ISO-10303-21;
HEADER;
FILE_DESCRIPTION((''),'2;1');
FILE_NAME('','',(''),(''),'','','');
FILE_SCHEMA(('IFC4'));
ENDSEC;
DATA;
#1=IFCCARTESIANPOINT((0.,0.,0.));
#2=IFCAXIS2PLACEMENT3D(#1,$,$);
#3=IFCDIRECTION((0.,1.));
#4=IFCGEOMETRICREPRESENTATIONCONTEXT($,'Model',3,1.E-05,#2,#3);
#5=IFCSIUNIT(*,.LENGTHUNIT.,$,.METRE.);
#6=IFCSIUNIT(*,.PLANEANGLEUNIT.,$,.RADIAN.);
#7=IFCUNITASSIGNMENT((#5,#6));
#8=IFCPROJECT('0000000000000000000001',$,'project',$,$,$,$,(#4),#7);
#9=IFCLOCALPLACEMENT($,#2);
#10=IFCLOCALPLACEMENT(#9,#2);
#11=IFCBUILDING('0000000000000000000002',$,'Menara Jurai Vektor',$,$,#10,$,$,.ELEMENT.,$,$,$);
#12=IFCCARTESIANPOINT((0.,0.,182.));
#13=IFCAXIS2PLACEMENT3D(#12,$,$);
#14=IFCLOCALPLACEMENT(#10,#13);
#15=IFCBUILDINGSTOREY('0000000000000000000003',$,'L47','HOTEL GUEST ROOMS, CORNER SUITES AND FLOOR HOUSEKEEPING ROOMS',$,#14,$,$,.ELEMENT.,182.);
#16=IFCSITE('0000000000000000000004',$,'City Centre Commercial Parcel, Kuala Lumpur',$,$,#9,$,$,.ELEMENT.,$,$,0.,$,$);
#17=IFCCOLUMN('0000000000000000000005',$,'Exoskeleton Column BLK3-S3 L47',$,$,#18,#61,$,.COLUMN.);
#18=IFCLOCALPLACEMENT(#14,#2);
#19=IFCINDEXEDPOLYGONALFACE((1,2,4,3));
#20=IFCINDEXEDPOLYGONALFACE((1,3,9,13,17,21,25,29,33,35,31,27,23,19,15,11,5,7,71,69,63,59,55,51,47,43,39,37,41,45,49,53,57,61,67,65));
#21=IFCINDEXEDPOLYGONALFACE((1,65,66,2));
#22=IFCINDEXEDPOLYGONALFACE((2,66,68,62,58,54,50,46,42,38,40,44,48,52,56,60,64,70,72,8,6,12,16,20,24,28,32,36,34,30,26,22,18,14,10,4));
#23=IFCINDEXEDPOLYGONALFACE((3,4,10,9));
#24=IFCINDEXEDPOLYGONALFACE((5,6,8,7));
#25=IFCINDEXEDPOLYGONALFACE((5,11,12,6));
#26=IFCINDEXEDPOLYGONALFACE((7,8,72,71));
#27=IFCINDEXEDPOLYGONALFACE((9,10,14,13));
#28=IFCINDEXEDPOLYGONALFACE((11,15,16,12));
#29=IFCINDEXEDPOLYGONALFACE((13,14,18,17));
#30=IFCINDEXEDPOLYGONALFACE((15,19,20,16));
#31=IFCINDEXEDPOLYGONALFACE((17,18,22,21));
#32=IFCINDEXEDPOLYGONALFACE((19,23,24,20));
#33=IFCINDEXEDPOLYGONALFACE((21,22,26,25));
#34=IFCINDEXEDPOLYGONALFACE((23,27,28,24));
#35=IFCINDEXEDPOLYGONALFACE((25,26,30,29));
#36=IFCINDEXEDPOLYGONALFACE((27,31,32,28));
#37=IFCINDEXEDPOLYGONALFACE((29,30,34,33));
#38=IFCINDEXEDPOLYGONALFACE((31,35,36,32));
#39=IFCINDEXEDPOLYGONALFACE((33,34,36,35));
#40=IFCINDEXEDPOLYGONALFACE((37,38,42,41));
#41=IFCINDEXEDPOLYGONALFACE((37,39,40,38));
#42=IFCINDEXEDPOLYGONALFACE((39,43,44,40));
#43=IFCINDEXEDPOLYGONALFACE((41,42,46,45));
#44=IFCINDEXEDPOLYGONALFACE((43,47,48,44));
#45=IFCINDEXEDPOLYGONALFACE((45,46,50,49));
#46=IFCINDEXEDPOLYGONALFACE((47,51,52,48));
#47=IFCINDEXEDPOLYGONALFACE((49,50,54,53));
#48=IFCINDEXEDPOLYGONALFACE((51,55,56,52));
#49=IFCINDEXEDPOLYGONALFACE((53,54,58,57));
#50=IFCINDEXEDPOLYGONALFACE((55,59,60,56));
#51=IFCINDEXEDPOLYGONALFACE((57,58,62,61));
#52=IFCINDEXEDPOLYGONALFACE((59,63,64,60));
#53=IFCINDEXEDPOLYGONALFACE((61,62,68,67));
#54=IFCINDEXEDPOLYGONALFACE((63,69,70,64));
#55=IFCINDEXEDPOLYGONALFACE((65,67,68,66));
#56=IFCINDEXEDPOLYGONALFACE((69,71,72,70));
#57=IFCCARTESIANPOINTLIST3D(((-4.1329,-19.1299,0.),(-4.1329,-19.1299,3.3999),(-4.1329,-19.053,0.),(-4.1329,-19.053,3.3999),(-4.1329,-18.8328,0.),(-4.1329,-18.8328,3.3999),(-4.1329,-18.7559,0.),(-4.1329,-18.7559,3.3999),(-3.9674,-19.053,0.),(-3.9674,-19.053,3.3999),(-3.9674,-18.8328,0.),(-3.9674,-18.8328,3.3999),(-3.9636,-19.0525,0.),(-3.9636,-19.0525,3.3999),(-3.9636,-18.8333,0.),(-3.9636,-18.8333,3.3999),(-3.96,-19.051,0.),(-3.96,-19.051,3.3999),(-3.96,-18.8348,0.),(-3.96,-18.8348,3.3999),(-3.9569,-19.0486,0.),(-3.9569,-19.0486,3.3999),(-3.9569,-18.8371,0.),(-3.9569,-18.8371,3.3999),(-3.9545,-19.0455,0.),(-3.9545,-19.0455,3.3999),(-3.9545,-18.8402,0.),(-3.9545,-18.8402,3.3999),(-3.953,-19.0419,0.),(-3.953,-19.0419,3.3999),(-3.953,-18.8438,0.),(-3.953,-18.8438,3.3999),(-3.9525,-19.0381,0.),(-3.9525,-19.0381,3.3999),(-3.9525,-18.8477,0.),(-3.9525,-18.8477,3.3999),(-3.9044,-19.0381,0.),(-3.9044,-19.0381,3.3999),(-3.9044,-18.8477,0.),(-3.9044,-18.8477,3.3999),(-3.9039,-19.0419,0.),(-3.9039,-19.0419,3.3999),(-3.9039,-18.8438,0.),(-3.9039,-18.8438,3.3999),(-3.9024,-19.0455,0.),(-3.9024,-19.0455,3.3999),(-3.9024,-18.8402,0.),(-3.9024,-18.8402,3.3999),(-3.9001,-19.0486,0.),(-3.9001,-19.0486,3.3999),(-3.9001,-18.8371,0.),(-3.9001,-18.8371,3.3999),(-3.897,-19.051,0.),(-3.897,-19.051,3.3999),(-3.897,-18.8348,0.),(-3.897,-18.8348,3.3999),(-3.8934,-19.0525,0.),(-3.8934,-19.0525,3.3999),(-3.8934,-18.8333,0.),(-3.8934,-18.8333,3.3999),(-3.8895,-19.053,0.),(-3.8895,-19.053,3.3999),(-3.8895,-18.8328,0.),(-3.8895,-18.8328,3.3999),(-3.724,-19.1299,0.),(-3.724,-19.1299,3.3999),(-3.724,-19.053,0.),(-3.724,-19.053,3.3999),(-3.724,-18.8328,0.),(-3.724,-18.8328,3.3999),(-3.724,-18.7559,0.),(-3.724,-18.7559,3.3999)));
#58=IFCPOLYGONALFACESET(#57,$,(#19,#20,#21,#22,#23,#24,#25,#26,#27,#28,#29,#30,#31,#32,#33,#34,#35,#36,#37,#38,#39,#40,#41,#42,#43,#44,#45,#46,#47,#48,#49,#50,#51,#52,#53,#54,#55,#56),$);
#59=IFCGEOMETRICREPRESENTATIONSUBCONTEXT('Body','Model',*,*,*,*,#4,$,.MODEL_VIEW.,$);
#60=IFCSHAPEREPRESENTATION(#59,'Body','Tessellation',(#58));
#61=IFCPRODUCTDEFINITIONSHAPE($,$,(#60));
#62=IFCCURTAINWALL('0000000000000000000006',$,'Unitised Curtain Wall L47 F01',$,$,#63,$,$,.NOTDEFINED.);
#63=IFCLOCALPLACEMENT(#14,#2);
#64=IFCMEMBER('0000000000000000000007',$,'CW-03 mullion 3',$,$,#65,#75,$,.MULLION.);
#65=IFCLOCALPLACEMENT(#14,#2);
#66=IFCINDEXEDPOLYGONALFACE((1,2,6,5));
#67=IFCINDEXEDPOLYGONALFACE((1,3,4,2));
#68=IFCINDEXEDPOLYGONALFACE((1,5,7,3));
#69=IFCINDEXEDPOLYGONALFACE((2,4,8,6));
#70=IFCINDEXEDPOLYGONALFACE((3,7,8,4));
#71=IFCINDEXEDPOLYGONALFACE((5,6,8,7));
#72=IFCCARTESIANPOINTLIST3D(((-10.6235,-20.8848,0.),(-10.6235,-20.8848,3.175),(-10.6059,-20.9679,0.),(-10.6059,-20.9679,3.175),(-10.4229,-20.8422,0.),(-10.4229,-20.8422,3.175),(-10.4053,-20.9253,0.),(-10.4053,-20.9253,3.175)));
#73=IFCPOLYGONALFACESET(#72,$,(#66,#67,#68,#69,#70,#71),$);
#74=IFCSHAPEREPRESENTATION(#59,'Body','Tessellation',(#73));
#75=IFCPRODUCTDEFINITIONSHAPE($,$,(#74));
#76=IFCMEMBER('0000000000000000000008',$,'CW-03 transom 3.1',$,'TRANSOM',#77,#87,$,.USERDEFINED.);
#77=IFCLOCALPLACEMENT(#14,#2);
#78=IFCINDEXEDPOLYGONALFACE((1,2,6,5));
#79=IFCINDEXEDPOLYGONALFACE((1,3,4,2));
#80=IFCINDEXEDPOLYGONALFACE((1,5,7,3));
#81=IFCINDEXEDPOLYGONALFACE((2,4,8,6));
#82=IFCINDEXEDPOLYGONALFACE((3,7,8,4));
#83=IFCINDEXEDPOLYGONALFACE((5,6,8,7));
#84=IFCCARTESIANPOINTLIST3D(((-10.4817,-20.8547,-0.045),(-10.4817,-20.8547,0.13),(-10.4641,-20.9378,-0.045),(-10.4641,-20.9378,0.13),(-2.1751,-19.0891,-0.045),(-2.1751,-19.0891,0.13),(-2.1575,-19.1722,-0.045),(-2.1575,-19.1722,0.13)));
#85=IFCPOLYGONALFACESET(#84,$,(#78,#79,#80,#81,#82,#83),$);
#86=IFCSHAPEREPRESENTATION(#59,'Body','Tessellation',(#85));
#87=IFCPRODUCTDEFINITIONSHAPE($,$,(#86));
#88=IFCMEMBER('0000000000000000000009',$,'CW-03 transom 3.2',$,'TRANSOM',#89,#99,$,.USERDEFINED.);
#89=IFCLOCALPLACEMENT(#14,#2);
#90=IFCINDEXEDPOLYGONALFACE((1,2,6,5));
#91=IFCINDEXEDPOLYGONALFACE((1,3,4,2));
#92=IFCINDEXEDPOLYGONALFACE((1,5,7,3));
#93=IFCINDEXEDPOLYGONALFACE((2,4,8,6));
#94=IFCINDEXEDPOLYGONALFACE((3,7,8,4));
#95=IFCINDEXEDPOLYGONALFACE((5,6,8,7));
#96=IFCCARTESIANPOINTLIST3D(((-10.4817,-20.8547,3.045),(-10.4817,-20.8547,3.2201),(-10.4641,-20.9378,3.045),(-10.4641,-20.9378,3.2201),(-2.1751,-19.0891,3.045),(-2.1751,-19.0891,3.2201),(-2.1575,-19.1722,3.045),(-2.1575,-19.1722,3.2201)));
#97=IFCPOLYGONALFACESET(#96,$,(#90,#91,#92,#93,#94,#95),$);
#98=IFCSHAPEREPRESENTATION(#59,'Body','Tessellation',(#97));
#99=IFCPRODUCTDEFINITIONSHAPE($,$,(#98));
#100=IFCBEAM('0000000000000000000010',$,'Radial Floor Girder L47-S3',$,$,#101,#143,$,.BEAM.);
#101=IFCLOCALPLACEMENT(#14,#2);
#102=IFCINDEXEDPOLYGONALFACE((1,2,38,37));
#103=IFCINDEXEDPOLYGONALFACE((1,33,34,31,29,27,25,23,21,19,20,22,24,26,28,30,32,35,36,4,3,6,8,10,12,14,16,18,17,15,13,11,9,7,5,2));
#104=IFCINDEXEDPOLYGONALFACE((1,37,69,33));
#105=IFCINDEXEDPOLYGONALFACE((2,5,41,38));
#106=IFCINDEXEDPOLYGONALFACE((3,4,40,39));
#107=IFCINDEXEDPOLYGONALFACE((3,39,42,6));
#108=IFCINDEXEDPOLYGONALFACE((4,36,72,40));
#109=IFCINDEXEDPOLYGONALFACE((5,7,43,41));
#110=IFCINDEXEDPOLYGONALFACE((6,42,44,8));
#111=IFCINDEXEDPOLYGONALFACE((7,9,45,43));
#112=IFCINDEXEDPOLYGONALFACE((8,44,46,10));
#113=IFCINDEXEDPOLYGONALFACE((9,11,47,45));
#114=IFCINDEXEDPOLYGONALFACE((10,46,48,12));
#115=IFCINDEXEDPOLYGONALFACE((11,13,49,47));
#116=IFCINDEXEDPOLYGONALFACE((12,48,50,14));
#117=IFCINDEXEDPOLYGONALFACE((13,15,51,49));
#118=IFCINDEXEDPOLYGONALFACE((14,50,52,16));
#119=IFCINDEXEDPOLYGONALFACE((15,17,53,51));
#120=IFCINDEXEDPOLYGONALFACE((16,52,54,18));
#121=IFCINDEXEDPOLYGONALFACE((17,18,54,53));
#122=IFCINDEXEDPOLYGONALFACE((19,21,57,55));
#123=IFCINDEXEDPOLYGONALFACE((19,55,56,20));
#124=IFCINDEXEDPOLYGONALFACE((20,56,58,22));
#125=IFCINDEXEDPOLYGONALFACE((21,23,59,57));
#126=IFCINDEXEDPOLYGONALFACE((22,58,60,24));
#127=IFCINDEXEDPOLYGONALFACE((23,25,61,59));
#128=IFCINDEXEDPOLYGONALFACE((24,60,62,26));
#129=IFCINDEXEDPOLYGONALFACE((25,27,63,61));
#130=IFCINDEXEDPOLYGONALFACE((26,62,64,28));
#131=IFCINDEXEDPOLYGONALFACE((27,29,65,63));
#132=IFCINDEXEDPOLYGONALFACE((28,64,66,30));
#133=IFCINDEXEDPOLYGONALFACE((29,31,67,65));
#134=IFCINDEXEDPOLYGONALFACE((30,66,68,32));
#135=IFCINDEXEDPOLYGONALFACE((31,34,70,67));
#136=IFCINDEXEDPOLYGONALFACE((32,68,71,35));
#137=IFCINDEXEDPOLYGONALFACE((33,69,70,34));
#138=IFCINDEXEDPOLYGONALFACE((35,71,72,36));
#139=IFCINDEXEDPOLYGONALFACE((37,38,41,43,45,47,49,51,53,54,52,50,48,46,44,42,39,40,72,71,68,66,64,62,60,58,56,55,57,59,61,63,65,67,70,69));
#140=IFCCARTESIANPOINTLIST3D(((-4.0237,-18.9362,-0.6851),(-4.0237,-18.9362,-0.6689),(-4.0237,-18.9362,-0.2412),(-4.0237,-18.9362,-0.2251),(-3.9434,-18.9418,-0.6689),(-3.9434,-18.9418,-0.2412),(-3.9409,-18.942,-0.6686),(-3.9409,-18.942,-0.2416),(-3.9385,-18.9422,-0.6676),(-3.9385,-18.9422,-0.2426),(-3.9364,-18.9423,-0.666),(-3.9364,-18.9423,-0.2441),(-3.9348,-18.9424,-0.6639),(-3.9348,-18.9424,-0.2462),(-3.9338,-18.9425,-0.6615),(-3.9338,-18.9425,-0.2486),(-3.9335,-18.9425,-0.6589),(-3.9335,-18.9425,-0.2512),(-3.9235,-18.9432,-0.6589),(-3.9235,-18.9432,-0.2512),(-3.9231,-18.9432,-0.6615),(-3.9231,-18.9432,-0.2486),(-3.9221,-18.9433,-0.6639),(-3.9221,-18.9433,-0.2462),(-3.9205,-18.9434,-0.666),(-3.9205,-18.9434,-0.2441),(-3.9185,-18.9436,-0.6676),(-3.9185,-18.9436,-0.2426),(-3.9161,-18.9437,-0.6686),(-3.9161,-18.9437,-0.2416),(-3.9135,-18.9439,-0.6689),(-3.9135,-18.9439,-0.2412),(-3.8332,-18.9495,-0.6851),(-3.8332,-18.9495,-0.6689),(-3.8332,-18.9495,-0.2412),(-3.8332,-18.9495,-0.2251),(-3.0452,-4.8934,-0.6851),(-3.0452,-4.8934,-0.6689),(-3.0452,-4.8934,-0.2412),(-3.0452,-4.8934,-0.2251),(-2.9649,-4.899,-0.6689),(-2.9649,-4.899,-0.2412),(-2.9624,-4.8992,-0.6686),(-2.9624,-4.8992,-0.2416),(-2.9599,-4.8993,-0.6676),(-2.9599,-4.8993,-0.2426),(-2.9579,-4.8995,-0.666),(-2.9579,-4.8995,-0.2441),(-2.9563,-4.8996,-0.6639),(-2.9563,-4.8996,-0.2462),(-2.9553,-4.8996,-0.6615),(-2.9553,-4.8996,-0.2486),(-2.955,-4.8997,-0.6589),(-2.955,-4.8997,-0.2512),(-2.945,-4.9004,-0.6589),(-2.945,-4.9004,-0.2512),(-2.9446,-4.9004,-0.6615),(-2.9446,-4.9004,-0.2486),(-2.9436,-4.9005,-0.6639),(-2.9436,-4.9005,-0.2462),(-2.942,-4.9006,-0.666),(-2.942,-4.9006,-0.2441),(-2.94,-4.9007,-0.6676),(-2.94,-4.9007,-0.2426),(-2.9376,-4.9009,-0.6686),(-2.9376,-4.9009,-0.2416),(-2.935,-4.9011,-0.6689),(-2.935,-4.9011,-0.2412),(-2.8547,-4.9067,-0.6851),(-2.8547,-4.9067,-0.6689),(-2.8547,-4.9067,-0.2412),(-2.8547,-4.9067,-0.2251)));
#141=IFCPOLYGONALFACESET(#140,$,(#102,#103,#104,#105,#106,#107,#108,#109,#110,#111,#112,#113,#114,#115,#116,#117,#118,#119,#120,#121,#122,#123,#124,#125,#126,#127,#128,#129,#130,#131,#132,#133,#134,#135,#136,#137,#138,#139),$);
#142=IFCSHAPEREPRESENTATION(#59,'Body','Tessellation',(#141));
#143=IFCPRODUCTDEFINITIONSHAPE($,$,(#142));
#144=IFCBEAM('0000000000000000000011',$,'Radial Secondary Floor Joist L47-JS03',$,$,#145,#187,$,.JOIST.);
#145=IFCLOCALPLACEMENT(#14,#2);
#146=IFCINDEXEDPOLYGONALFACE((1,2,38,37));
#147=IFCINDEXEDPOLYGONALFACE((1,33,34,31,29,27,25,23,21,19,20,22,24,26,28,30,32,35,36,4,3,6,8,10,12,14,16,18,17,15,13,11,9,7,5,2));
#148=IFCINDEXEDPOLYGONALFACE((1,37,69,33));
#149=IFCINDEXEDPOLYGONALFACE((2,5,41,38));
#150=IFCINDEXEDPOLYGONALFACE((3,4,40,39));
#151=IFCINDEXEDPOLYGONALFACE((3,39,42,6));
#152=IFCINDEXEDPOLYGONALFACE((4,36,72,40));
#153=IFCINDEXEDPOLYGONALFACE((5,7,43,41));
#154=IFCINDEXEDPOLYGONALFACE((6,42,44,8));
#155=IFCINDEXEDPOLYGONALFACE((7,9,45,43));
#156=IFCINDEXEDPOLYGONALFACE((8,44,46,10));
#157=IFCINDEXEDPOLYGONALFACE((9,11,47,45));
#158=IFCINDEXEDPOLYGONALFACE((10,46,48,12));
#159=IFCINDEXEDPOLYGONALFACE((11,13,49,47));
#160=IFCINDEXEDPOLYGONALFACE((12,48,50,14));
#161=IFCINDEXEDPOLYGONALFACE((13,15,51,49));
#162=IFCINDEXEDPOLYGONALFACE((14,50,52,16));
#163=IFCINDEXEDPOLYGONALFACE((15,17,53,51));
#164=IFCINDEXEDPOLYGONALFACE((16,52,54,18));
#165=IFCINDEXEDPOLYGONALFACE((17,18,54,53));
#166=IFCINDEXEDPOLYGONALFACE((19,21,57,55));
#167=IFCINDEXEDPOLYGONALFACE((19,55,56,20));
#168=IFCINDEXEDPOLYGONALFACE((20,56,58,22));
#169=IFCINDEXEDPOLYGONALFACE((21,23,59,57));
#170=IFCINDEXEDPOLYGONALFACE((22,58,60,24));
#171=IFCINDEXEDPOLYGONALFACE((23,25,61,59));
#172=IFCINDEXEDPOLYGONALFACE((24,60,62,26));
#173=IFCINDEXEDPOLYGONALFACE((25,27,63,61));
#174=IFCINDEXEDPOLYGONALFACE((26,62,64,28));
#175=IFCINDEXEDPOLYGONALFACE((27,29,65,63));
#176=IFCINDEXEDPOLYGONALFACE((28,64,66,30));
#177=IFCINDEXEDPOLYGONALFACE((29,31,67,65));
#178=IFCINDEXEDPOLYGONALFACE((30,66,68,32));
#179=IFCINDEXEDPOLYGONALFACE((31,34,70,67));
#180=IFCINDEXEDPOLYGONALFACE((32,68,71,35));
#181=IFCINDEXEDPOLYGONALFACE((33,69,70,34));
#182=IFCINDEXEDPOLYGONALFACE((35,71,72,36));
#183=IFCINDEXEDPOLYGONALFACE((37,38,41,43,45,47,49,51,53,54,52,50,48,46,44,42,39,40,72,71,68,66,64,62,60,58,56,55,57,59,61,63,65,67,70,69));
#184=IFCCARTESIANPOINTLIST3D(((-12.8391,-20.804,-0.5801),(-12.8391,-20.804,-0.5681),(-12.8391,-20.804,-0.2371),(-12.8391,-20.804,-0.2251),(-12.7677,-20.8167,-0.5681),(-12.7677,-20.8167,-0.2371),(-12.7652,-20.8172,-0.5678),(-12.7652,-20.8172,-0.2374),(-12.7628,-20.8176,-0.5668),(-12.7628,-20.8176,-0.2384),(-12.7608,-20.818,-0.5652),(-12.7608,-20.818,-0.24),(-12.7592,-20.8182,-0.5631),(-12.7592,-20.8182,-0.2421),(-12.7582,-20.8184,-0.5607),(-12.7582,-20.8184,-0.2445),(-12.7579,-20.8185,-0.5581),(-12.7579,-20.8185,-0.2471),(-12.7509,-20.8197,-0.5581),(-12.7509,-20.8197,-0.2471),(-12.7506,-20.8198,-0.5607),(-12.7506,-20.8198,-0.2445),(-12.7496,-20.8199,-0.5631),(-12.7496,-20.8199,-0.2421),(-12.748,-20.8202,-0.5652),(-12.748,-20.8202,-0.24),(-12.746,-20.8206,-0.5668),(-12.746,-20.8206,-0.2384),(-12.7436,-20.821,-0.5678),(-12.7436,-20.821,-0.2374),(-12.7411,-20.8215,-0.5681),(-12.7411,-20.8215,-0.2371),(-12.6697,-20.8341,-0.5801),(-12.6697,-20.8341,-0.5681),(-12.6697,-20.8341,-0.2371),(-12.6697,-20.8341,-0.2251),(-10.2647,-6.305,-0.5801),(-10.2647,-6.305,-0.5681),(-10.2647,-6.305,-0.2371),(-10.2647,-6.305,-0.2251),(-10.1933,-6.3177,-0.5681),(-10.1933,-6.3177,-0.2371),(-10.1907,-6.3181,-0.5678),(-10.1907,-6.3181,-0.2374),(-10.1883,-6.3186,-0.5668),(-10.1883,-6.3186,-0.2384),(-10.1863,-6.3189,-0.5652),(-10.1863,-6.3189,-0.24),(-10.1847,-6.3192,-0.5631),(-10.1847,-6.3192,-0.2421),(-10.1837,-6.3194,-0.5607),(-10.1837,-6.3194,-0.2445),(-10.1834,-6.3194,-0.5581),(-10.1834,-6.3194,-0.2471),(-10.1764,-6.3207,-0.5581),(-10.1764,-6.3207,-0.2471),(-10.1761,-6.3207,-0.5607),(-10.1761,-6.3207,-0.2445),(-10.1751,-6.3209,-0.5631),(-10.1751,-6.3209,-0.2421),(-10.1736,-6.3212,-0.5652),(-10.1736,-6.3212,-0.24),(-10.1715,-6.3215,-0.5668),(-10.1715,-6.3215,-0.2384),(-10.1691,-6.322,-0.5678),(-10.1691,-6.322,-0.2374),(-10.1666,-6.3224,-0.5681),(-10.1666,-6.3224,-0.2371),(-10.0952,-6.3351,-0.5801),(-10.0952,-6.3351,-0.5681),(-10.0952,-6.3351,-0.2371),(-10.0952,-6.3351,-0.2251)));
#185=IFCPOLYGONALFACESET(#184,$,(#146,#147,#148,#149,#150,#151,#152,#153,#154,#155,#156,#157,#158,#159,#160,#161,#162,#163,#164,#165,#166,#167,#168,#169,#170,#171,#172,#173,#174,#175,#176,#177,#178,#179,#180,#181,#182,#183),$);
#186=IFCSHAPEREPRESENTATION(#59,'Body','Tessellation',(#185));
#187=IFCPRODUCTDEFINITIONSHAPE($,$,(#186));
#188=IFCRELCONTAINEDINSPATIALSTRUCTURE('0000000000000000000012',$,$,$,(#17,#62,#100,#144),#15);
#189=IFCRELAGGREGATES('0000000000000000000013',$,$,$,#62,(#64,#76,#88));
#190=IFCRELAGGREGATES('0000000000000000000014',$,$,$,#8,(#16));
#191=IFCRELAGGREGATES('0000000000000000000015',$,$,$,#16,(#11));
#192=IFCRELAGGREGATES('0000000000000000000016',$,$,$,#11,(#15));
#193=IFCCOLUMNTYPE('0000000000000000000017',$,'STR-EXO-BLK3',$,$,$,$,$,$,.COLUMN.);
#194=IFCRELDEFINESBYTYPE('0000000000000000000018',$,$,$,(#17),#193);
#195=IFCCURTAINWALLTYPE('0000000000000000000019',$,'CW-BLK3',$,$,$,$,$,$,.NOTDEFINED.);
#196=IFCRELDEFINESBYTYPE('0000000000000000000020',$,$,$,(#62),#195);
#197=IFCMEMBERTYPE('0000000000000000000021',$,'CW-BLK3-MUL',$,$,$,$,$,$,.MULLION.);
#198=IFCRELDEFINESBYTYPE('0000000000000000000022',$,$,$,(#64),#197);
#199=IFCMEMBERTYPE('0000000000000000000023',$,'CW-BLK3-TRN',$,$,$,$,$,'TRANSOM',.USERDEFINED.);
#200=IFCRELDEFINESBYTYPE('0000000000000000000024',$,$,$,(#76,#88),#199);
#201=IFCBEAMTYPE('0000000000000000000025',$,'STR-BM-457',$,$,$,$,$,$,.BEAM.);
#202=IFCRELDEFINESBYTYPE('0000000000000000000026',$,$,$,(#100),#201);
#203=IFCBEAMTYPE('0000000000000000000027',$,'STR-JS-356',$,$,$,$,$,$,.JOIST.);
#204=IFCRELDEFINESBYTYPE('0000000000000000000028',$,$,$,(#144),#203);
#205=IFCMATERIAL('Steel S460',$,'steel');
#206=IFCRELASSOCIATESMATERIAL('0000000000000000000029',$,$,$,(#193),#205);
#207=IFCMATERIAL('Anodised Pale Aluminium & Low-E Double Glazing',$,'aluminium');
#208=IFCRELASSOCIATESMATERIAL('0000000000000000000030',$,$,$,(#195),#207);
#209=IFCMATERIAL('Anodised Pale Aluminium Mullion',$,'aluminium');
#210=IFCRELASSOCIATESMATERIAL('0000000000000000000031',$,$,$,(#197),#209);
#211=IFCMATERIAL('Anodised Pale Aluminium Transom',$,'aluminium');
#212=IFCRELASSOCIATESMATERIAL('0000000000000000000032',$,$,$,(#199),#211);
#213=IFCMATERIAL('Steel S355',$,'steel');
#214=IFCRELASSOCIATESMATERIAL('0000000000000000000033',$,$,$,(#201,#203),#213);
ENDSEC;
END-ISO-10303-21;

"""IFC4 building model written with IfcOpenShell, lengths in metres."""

from ifc_helpers import new_model, si_unit, direction, frame, origin, origin_2d, place, context, subcontext, project, spatial, rectangle, i_section, extrude, material, material_profile, profile_set, type_object, element, aggregate, save


model = new_model("IFC4")

# Units and contexts
model_context = context("Model", 3, precision=1e-05, world=origin(), true_north=direction((0.0, 1.0)))
body_context = subcontext(model_context, "Body", "Model", "MODEL_VIEW")
ifc_project = project(units=[si_unit("LENGTHUNIT", "METRE"), si_unit("PLANEANGLEUNIT", "RADIAN")], contexts=[model_context])

# Site, building, storey
site_placement = place(None, origin())
site = spatial("IfcSite", under=ifc_project, at=site_placement, Name="City Centre Commercial Parcel, Kuala Lumpur", CompositionType="ELEMENT", RefElevation=0.0)
building_placement = place(site_placement, origin())
building = spatial("IfcBuilding", under=site, at=building_placement, Name="Menara Jurai Vektor", CompositionType="ELEMENT")
storey_placement = place(building_placement, frame((0.0, 0.0, 182.0)))
storey = spatial("IfcBuildingStorey", under=building, at=storey_placement, Name="L47", Description="HOTEL GUEST ROOMS, CORNER SUITES AND FLOOR HOUSEKEEPING ROOMS", CompositionType="ELEMENT", Elevation=182.0)

# Column
ifc_material_1 = material(Name="Steel S460", Category="steel")
ifc_material_profile_1 = material_profile(ifc_material_1, i_section(OverallWidth=0.4089, OverallDepth=0.374, WebThickness=0.0481, FlangeThickness=0.0769, FilletRadius=0.0149, at=origin_2d()), Name="HD 400x634")
ifc_profile_set_1 = profile_set([ifc_material_profile_1], Name="Steel S460")
column_type = type_object("IfcColumnType", Name="STR-EXO-BLK3", PredefinedType="COLUMN", material=ifc_profile_set_1)
column_placement = place(storey_placement, frame((-3.9285, -18.9429, 0.0), z_axis=(0.0, 0.0, 1.0), x_axis=(1.0, 0.0, 0.0)))
element("IfcColumn", 1, at=column_placement, inside=storey, type_object=column_type, Name="Exoskeleton Column BLK3-S3 L47", PredefinedType="COLUMN", context=body_context, shape_type="SweptSolid", body=[
    extrude(i_section(OverallWidth=0.4089, OverallDepth=0.374, WebThickness=0.0481, FlangeThickness=0.0769, FilletRadius=0.0149, at=origin_2d()), origin(), (0.0, 0.0, 1.0), 3.3999),
])

# Curtain wall, members
ifc_material_2 = material(Name="Anodised Pale Aluminium & Low-E Double Glazing", Category="aluminium")
curtain_wall_type = type_object("IfcCurtainWallType", Name="CW-BLK3", PredefinedType="NOTDEFINED", material=ifc_material_2)
curtain_wall_placement = place(storey_placement, origin())
curtain_wall = element("IfcCurtainWall", 2, at=curtain_wall_placement, inside=storey, type_object=curtain_wall_type, Name="Unitised Curtain Wall L47 F01", PredefinedType="NOTDEFINED")
ifc_material_3 = material(Name="Anodised Pale Aluminium Mullion", Category="aluminium")
ifc_material_profile_2 = material_profile(ifc_material_3, rectangle(XDim=0.085, YDim=0.2051, at=origin_2d()), Name="ALU MUL 85x205")
ifc_profile_set_2 = profile_set([ifc_material_profile_2], Name="Anodised Pale Aluminium Mullion")
member_type_1 = type_object("IfcMemberType", Name="CW-BLK3-MUL", PredefinedType="MULLION", material=ifc_profile_set_2)
member_1_placement = place(storey_placement, frame((-10.5144, -20.905, 0.0), z_axis=(0.0, 0.0, 1.0), x_axis=(-0.207911, 0.978148, 0.0)))
member_1 = element("IfcMember", 3, at=member_1_placement, type_object=member_type_1, Name="CW-03 mullion 3", PredefinedType="MULLION", context=body_context, shape_type="SweptSolid", body=[
    extrude(rectangle(XDim=0.085, YDim=0.2051, at=origin_2d()), origin(), (0.0, 0.0, 1.0), 3.175),
])
ifc_material_4 = material(Name="Anodised Pale Aluminium Transom", Category="aluminium")
ifc_material_profile_3 = material_profile(ifc_material_4, rectangle(XDim=0.085, YDim=0.175, at=origin_2d()), Name="ALU TRN 85x175")
ifc_profile_set_3 = profile_set([ifc_material_profile_3], Name="Anodised Pale Aluminium Transom")
member_type_2 = type_object("IfcMemberType", Name="CW-BLK3-TRN", ElementType="TRANSOM", PredefinedType="USERDEFINED", material=ifc_profile_set_3)
member_2_placement = place(storey_placement, frame((-10.4729, -20.8962, 0.0425), z_axis=(0.978148, 0.207911, 0.0), x_axis=(-0.207911, 0.978148, 0.0)))
member_2 = element("IfcMember", 4, at=member_2_placement, type_object=member_type_2, Name="CW-03 transom 3.1", ObjectType="TRANSOM", PredefinedType="USERDEFINED", context=body_context, shape_type="SweptSolid", body=[
    extrude(rectangle(XDim=0.085, YDim=0.175, at=origin_2d()), origin(), (0.0, 0.0, 1.0), 8.4922),
])
member_3_placement = place(storey_placement, frame((-10.4729, -20.8962, 3.1326), z_axis=(0.978148, 0.207911, 0.0), x_axis=(-0.207911, 0.978148, 0.0)))
member_3 = element("IfcMember", 5, at=member_3_placement, type_object=member_type_2, Name="CW-03 transom 3.2", ObjectType="TRANSOM", PredefinedType="USERDEFINED", context=body_context, shape_type="SweptSolid", body=[
    extrude(rectangle(XDim=0.085, YDim=0.175, at=origin_2d()), origin(), (0.0, 0.0, 1.0), 8.4922),
])

# Beams
ifc_material_5 = material(Name="Steel S355", Category="steel")
ifc_material_profile_4 = material_profile(ifc_material_5, i_section(OverallWidth=0.1909, OverallDepth=0.46, WebThickness=0.01, FlangeThickness=0.0161, FilletRadius=0.01, at=origin_2d()), Name="UKB 457x191x82")
ifc_profile_set_4 = profile_set([ifc_material_profile_4], Name="Steel S355")
beam_type_1 = type_object("IfcBeamType", Name="STR-BM-457", PredefinedType="BEAM", material=ifc_profile_set_4)
beam_1_placement = place(storey_placement, frame((-3.9285, -18.9429, -0.4551), z_axis=(0.069512, 0.997581, 0.0), x_axis=(-0.997581, 0.069512, 0.0)))
element("IfcBeam", 6, at=beam_1_placement, inside=storey, type_object=beam_type_1, Name="Radial Floor Girder L47-S3", PredefinedType="BEAM", context=body_context, shape_type="SweptSolid", body=[
    extrude(i_section(OverallWidth=0.1909, OverallDepth=0.46, WebThickness=0.01, FlangeThickness=0.0161, FilletRadius=0.01, at=origin_2d()), origin(), (0.0, 0.0, 1.0), 14.0769),
])
ifc_material_profile_5 = material_profile(ifc_material_5, i_section(OverallWidth=0.1721, OverallDepth=0.355, WebThickness=0.0071, FlangeThickness=0.012, FilletRadius=0.01, at=origin_2d()), Name="UKB 356x171x51")
ifc_profile_set_5 = profile_set([ifc_material_profile_5], Name="Steel S355")
beam_type_2 = type_object("IfcBeamType", Name="STR-JS-356", PredefinedType="JOIST", material=ifc_profile_set_5)
beam_2_placement = place(storey_placement, frame((-12.7544, -20.8191, -0.4026), z_axis=(0.174827, 0.984599, 0.0), x_axis=(-0.984599, 0.174827, 0.0)))
element("IfcBeam", 7, at=beam_2_placement, inside=storey, type_object=beam_type_2, Name="Radial Secondary Floor Joist L47-JS03", PredefinedType="JOIST", context=body_context, shape_type="SweptSolid", body=[
    extrude(i_section(OverallWidth=0.1721, OverallDepth=0.355, WebThickness=0.0071, FlangeThickness=0.012, FilletRadius=0.01, at=origin_2d()), origin(), (0.0, 0.0, 1.0), 14.7258),
])

aggregate(curtain_wall, [member_1, member_2, member_3])

save(model, "model.ifc")
